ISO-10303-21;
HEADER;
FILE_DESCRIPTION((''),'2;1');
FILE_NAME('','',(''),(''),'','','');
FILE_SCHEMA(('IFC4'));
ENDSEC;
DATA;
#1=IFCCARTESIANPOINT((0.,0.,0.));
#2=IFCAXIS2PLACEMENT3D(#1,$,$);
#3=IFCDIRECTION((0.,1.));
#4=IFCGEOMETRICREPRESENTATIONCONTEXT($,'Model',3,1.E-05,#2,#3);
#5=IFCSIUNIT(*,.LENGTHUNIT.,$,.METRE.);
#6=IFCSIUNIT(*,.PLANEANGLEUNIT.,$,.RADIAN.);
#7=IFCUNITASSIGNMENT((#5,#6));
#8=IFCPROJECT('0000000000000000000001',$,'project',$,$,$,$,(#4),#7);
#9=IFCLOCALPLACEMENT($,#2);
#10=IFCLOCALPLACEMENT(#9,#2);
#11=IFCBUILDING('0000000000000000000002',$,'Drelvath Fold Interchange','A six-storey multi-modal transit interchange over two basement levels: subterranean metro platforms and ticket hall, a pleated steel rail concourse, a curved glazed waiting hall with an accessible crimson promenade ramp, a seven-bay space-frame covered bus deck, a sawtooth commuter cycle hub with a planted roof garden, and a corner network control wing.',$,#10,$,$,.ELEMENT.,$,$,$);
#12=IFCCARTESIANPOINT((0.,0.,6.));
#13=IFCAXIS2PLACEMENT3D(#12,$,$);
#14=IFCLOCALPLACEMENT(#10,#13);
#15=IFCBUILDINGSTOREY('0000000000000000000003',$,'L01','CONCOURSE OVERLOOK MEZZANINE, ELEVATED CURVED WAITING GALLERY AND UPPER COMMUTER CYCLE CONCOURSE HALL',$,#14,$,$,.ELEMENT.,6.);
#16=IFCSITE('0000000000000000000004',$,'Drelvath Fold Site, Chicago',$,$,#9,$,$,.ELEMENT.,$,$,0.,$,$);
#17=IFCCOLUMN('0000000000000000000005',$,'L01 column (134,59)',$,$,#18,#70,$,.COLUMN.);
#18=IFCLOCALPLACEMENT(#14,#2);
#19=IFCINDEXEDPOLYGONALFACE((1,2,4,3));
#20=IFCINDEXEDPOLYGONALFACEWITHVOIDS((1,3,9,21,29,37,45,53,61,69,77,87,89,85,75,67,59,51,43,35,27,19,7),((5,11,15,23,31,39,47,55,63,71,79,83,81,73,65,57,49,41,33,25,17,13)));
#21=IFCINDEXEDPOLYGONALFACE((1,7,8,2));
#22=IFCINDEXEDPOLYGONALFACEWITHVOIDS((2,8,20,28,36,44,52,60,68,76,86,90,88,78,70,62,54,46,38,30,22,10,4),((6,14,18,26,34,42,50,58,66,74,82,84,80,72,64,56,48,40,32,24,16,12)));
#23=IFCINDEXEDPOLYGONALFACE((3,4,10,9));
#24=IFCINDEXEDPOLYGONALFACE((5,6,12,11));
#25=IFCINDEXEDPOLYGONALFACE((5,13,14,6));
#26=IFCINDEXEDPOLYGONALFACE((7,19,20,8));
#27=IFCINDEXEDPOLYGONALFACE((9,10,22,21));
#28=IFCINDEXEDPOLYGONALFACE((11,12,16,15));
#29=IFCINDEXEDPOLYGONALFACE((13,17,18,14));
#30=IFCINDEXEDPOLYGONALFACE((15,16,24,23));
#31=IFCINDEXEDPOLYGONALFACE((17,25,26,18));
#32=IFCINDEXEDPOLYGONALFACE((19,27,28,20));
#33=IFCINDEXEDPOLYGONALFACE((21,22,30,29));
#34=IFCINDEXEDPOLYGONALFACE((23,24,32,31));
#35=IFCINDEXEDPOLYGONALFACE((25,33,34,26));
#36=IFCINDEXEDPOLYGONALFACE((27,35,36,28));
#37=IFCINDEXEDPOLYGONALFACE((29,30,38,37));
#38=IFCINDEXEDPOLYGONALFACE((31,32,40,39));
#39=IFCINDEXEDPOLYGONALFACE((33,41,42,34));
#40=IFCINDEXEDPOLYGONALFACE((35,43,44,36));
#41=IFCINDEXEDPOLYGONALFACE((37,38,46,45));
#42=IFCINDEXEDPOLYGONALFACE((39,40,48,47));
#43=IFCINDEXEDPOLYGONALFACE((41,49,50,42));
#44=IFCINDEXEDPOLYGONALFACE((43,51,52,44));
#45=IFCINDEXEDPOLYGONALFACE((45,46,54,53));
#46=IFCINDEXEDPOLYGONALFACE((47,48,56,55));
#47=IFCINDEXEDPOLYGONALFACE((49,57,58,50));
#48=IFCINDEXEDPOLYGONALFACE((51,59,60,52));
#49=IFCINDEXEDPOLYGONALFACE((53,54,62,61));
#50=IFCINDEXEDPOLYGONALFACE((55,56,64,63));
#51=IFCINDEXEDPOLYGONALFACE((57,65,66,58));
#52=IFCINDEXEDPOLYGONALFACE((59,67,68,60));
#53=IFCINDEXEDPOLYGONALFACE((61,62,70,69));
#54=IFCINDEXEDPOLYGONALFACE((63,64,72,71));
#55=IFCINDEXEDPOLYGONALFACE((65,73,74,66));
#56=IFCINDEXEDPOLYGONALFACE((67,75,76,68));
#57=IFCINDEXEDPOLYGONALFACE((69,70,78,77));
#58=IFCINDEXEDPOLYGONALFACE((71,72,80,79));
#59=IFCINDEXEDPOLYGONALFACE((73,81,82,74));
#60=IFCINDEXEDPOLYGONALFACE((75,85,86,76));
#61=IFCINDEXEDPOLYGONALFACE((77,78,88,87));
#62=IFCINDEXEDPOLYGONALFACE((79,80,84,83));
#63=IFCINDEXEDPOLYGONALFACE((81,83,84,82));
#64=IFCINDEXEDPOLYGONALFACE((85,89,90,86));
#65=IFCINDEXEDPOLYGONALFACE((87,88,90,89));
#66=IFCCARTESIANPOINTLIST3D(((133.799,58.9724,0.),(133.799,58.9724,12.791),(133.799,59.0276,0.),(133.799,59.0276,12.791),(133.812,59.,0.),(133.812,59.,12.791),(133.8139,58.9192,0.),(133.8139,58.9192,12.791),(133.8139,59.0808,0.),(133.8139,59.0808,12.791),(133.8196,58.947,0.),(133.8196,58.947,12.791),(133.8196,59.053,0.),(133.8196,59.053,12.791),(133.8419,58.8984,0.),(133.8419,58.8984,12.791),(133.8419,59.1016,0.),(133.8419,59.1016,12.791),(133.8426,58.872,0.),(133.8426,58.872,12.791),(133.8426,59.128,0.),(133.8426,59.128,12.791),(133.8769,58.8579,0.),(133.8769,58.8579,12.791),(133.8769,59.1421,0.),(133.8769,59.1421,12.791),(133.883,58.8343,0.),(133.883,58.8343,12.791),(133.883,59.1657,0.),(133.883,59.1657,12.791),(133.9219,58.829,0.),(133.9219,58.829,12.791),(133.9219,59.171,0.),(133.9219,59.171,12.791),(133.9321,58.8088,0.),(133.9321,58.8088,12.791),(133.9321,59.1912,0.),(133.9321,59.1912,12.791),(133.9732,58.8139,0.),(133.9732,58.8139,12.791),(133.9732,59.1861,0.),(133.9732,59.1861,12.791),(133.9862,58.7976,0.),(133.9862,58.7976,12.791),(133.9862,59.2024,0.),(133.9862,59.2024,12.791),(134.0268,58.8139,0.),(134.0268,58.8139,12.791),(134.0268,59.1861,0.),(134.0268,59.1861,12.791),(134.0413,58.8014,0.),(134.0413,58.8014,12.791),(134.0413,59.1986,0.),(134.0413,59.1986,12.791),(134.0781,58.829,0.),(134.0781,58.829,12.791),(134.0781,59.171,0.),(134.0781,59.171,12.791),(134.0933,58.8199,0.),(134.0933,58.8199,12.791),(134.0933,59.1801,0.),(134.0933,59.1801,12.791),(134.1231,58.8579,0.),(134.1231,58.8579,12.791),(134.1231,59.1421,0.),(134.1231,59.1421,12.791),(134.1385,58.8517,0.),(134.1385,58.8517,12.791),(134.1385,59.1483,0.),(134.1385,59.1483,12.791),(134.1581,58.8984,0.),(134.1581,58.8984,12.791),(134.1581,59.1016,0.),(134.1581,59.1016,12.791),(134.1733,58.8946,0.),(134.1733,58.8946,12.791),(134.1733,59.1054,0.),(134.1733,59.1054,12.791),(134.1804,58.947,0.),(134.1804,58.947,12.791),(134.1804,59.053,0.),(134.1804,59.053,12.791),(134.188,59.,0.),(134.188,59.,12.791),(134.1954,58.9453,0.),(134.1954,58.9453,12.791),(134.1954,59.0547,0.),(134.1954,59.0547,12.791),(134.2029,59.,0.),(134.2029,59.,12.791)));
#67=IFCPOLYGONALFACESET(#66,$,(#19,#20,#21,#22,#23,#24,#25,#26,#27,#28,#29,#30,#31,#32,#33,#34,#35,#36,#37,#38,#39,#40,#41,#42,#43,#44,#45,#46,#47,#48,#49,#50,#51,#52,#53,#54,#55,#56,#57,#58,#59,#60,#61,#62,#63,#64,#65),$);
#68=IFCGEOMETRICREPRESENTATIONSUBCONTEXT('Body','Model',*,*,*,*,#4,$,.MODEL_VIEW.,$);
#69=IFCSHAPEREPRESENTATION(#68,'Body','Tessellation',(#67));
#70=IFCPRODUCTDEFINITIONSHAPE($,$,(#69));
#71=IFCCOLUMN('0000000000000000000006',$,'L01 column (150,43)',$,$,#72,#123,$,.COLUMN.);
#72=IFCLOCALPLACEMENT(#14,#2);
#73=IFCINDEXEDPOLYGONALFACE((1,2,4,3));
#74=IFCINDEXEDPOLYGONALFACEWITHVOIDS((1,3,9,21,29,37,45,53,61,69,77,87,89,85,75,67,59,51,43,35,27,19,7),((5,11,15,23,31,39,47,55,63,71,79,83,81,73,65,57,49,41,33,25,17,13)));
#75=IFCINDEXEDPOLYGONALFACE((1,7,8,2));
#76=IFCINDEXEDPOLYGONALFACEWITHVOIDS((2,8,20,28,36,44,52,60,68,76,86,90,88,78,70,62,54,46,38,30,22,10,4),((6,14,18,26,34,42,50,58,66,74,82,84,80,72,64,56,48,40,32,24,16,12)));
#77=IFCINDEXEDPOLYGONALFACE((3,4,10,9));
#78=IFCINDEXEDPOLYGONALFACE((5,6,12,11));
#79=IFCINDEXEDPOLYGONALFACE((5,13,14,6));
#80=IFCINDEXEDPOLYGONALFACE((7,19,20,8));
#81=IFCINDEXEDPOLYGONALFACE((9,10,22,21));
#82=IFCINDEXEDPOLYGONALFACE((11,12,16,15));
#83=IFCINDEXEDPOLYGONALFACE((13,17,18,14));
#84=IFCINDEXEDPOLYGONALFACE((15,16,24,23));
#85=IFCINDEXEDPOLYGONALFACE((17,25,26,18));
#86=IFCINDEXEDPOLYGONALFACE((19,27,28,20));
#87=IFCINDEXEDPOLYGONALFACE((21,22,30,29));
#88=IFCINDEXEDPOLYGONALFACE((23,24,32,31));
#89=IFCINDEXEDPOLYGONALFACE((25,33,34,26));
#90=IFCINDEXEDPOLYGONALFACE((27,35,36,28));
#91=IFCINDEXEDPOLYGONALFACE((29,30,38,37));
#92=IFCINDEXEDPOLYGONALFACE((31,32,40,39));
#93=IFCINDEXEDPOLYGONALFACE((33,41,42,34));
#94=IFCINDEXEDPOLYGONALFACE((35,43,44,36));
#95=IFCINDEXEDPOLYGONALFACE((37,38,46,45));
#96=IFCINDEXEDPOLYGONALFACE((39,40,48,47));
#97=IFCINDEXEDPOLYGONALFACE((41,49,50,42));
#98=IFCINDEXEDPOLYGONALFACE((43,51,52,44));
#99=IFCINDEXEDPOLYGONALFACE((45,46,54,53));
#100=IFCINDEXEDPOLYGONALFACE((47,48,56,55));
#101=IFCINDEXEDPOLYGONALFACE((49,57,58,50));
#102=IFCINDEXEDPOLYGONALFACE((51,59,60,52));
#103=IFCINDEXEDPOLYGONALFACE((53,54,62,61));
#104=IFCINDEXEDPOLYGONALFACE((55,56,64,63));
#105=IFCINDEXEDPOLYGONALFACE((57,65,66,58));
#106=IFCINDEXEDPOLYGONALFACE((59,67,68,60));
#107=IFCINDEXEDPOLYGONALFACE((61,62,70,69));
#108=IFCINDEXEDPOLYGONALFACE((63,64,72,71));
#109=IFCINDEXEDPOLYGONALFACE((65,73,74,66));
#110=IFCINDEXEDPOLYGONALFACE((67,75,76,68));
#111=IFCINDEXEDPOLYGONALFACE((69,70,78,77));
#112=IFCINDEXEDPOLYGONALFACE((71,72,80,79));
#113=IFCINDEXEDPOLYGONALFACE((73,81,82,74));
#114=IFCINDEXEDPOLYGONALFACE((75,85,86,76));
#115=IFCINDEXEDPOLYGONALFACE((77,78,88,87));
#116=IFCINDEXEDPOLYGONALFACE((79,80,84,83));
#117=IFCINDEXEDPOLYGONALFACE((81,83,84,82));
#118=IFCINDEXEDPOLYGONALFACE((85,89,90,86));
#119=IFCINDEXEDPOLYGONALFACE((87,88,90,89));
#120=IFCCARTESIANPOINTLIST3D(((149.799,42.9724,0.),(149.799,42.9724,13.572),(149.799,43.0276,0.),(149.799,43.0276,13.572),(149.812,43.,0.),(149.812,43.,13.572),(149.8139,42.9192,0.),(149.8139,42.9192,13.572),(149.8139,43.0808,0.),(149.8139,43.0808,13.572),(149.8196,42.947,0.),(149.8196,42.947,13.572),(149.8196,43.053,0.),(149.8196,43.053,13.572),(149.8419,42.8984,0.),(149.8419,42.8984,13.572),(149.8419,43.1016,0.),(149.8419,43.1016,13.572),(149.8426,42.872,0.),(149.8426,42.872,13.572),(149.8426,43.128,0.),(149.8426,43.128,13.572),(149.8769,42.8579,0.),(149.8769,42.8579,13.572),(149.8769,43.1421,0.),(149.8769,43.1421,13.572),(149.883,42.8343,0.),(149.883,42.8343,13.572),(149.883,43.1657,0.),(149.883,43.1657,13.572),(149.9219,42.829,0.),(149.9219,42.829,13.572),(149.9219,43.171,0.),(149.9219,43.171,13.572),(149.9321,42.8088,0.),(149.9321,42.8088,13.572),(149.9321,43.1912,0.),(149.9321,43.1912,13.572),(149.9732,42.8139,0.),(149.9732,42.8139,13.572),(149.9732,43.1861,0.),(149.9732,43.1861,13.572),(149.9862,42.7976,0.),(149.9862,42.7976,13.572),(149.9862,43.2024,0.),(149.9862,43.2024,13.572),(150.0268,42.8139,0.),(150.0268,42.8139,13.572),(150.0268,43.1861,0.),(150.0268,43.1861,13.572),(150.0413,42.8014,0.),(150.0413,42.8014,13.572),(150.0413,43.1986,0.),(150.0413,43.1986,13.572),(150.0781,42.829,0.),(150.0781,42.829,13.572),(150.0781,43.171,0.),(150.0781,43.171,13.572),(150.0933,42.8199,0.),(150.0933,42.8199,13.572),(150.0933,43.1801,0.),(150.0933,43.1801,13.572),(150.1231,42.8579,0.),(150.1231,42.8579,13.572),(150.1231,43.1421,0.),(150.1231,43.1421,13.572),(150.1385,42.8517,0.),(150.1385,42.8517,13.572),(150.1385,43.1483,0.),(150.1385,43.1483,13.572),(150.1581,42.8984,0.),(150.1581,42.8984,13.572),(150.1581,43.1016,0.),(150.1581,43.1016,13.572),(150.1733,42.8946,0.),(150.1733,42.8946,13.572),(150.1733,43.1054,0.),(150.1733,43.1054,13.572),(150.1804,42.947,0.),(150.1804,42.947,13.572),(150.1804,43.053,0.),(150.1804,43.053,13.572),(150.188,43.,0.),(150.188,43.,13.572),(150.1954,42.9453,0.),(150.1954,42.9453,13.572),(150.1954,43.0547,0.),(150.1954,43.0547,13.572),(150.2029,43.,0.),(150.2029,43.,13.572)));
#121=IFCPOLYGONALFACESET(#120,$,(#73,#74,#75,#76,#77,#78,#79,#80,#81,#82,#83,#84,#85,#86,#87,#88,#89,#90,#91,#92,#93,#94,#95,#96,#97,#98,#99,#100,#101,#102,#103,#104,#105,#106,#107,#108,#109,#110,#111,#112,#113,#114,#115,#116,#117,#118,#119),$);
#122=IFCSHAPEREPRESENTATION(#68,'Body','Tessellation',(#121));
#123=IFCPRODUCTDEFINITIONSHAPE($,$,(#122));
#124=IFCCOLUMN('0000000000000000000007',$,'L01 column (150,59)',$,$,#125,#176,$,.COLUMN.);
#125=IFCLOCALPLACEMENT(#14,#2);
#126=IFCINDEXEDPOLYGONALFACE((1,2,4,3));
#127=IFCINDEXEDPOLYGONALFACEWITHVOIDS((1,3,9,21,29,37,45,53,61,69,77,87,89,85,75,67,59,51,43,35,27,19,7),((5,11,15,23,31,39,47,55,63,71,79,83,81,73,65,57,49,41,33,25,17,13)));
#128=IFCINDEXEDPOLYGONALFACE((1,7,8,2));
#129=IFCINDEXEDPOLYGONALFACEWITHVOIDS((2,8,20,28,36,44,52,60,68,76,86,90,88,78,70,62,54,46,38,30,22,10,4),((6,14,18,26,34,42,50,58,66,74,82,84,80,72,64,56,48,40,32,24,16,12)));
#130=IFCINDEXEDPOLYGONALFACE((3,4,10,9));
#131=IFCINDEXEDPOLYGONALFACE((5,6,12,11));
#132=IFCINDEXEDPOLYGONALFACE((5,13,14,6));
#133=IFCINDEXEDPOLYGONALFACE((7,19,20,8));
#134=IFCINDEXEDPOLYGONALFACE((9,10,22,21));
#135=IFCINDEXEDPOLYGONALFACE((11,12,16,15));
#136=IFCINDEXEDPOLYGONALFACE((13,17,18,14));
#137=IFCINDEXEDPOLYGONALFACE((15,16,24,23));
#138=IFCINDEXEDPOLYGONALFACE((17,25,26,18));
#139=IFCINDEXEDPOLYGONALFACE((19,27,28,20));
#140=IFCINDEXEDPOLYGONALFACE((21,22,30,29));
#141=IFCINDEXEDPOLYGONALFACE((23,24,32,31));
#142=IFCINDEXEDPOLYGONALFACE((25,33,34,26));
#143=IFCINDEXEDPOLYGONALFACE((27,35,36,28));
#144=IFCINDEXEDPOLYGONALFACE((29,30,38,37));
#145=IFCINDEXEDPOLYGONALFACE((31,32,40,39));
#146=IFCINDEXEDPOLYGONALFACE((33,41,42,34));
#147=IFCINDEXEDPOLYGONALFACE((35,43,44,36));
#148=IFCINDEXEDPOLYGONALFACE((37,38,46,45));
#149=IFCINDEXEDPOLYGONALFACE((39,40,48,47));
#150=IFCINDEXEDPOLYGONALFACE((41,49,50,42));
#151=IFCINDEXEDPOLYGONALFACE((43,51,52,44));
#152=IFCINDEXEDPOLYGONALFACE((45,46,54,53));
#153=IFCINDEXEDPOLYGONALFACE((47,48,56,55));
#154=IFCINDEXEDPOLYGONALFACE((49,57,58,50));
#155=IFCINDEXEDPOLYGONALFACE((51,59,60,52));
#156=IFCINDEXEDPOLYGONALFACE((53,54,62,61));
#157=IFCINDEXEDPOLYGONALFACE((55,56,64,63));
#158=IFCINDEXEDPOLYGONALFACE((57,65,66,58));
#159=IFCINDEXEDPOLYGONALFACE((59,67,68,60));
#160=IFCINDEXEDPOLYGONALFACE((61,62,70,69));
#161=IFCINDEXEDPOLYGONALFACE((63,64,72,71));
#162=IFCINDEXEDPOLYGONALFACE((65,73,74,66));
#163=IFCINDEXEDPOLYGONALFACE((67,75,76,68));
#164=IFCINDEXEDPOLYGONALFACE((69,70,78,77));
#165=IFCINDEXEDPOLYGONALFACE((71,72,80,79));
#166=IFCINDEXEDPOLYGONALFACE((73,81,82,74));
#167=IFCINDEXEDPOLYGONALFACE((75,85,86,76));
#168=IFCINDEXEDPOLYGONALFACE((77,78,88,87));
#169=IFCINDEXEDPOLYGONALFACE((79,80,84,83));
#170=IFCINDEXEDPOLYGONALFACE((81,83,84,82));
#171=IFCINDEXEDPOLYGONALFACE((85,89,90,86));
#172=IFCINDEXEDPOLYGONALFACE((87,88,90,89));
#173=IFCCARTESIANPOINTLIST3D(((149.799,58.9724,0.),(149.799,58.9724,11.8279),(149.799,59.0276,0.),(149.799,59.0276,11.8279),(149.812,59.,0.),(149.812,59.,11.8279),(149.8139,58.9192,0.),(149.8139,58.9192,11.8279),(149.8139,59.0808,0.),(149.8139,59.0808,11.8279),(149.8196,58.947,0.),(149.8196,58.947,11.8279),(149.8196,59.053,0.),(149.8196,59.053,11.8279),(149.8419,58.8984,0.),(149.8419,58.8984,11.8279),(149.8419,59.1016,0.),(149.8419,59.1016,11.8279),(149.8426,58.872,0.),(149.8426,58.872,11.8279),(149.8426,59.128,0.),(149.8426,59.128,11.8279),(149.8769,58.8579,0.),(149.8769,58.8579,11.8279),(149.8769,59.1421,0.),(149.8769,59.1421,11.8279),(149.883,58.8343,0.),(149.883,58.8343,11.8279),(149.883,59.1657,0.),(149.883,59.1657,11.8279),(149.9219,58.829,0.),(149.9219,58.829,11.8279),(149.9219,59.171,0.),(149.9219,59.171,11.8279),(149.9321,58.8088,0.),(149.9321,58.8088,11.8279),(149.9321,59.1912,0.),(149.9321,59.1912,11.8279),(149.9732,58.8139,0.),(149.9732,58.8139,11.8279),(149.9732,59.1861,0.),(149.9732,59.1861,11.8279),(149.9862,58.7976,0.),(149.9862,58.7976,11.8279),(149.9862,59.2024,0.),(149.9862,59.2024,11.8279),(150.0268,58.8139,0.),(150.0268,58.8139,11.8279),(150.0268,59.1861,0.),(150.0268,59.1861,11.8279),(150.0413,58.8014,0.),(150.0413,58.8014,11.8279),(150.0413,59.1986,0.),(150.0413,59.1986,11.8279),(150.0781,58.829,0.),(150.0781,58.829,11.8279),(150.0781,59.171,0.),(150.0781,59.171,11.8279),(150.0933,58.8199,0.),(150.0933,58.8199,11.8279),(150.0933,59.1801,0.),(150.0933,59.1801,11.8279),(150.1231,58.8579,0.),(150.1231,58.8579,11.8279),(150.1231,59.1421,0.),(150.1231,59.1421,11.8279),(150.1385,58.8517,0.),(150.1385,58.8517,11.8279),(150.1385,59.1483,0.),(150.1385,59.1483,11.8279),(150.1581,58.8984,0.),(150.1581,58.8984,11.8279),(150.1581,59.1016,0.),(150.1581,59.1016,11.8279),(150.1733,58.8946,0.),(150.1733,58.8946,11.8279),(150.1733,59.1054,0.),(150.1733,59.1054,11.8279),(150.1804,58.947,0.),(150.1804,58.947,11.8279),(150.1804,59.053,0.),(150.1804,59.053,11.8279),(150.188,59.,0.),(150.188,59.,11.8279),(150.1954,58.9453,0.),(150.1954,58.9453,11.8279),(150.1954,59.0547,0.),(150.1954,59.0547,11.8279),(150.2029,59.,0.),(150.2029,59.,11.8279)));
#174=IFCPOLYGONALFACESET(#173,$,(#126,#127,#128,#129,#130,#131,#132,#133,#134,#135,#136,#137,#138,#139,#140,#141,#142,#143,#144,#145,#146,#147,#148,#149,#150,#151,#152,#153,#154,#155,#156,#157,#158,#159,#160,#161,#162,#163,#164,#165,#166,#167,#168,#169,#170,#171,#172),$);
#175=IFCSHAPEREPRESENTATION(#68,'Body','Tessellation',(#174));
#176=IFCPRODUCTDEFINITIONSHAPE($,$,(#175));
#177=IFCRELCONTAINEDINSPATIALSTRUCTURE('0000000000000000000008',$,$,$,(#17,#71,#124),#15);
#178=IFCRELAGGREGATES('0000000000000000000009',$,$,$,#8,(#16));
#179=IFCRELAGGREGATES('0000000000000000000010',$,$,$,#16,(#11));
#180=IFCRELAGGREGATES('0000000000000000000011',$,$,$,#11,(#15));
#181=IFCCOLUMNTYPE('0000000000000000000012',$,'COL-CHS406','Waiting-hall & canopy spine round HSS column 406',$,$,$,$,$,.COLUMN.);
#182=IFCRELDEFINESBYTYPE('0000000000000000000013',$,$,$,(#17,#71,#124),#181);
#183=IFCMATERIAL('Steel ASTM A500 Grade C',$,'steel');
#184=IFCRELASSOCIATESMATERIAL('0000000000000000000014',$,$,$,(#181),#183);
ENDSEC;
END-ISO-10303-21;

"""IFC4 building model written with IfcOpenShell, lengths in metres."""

from ifc_helpers import new_model, si_unit, direction, frame, origin, origin_2d, place, context, subcontext, project, spatial, hollow_circle, extrude, material, material_profile, profile_set, type_object, element, save


model = new_model("IFC4")

# Units and contexts
model_context = context("Model", 3, precision=1e-05, world=origin(), true_north=direction((0.0, 1.0)))
body_context = subcontext(model_context, "Body", "Model", "MODEL_VIEW")
ifc_project = project(units=[si_unit("LENGTHUNIT", "METRE"), si_unit("PLANEANGLEUNIT", "RADIAN")], contexts=[model_context])

# Site, building, storey
site_placement = place(None, origin())
site = spatial("IfcSite", under=ifc_project, at=site_placement, Name="Drelvath Fold Site, Chicago", CompositionType="ELEMENT", RefElevation=0.0)
building_placement = place(site_placement, origin())
building = spatial("IfcBuilding", under=site, at=building_placement, Name="Drelvath Fold Interchange", Description="A six-storey multi-modal transit interchange over two basement levels: subterranean metro platforms and ticket hall, a pleated steel rail concourse, a curved glazed waiting hall with an accessible crimson promenade ramp, a seven-bay space-frame covered bus deck, a sawtooth commuter cycle hub with a planted roof garden, and a corner network control wing.", CompositionType="ELEMENT")
storey_placement = place(building_placement, frame((0.0, 0.0, 6.0)))
storey = spatial("IfcBuildingStorey", under=building, at=storey_placement, Name="L01", Description="CONCOURSE OVERLOOK MEZZANINE, ELEVATED CURVED WAITING GALLERY AND UPPER COMMUTER CYCLE CONCOURSE HALL", CompositionType="ELEMENT", Elevation=6.0)

# Columns
ifc_material_1 = material(Name="Steel ASTM A500 Grade C", Category="steel")
ifc_material_profile_1 = material_profile(ifc_material_1, hollow_circle(Radius=0.2029, WallThickness=0.0149, at=origin_2d()), Name="HSS16.000X0.625")
ifc_profile_set_1 = profile_set([ifc_material_profile_1], Name="Steel ASTM A500 Grade C")
column_type_1 = type_object("IfcColumnType", Name="COL-CHS406", Description="Waiting-hall & canopy spine round HSS column 406", PredefinedType="COLUMN", material=ifc_profile_set_1)
column_1_placement = place(storey_placement, frame((134.0, 59.0, 0.0), z_axis=(0.0, 0.0, 1.0), x_axis=(1.0, 0.0, 0.0)))
element("IfcColumn", 1, at=column_1_placement, inside=storey, type_object=column_type_1, Name="L01 column (134,59)", PredefinedType="COLUMN", context=body_context, shape_type="SweptSolid", body=[
    extrude(hollow_circle(Radius=0.2029, WallThickness=0.0149, at=origin_2d()), origin(), (0.0, 0.0, 1.0), 12.791),
])
column_2_placement = place(storey_placement, frame((150.0, 43.0, 0.0), z_axis=(0.0, 0.0, 1.0), x_axis=(1.0, 0.0, 0.0)))
element("IfcColumn", 2, at=column_2_placement, inside=storey, type_object=column_type_1, Name="L01 column (150,43)", PredefinedType="COLUMN", context=body_context, shape_type="SweptSolid", body=[
    extrude(hollow_circle(Radius=0.2029, WallThickness=0.0149, at=origin_2d()), origin(), (0.0, 0.0, 1.0), 13.572),
])
column_3_placement = place(storey_placement, frame((150.0, 59.0, 0.0), z_axis=(0.0, 0.0, 1.0), x_axis=(1.0, 0.0, 0.0)))
element("IfcColumn", 3, at=column_3_placement, inside=storey, type_object=column_type_1, Name="L01 column (150,59)", PredefinedType="COLUMN", context=body_context, shape_type="SweptSolid", body=[
    extrude(hollow_circle(Radius=0.2029, WallThickness=0.0149, at=origin_2d()), origin(), (0.0, 0.0, 1.0), 11.8279),
])

save(model, "model.ifc")
